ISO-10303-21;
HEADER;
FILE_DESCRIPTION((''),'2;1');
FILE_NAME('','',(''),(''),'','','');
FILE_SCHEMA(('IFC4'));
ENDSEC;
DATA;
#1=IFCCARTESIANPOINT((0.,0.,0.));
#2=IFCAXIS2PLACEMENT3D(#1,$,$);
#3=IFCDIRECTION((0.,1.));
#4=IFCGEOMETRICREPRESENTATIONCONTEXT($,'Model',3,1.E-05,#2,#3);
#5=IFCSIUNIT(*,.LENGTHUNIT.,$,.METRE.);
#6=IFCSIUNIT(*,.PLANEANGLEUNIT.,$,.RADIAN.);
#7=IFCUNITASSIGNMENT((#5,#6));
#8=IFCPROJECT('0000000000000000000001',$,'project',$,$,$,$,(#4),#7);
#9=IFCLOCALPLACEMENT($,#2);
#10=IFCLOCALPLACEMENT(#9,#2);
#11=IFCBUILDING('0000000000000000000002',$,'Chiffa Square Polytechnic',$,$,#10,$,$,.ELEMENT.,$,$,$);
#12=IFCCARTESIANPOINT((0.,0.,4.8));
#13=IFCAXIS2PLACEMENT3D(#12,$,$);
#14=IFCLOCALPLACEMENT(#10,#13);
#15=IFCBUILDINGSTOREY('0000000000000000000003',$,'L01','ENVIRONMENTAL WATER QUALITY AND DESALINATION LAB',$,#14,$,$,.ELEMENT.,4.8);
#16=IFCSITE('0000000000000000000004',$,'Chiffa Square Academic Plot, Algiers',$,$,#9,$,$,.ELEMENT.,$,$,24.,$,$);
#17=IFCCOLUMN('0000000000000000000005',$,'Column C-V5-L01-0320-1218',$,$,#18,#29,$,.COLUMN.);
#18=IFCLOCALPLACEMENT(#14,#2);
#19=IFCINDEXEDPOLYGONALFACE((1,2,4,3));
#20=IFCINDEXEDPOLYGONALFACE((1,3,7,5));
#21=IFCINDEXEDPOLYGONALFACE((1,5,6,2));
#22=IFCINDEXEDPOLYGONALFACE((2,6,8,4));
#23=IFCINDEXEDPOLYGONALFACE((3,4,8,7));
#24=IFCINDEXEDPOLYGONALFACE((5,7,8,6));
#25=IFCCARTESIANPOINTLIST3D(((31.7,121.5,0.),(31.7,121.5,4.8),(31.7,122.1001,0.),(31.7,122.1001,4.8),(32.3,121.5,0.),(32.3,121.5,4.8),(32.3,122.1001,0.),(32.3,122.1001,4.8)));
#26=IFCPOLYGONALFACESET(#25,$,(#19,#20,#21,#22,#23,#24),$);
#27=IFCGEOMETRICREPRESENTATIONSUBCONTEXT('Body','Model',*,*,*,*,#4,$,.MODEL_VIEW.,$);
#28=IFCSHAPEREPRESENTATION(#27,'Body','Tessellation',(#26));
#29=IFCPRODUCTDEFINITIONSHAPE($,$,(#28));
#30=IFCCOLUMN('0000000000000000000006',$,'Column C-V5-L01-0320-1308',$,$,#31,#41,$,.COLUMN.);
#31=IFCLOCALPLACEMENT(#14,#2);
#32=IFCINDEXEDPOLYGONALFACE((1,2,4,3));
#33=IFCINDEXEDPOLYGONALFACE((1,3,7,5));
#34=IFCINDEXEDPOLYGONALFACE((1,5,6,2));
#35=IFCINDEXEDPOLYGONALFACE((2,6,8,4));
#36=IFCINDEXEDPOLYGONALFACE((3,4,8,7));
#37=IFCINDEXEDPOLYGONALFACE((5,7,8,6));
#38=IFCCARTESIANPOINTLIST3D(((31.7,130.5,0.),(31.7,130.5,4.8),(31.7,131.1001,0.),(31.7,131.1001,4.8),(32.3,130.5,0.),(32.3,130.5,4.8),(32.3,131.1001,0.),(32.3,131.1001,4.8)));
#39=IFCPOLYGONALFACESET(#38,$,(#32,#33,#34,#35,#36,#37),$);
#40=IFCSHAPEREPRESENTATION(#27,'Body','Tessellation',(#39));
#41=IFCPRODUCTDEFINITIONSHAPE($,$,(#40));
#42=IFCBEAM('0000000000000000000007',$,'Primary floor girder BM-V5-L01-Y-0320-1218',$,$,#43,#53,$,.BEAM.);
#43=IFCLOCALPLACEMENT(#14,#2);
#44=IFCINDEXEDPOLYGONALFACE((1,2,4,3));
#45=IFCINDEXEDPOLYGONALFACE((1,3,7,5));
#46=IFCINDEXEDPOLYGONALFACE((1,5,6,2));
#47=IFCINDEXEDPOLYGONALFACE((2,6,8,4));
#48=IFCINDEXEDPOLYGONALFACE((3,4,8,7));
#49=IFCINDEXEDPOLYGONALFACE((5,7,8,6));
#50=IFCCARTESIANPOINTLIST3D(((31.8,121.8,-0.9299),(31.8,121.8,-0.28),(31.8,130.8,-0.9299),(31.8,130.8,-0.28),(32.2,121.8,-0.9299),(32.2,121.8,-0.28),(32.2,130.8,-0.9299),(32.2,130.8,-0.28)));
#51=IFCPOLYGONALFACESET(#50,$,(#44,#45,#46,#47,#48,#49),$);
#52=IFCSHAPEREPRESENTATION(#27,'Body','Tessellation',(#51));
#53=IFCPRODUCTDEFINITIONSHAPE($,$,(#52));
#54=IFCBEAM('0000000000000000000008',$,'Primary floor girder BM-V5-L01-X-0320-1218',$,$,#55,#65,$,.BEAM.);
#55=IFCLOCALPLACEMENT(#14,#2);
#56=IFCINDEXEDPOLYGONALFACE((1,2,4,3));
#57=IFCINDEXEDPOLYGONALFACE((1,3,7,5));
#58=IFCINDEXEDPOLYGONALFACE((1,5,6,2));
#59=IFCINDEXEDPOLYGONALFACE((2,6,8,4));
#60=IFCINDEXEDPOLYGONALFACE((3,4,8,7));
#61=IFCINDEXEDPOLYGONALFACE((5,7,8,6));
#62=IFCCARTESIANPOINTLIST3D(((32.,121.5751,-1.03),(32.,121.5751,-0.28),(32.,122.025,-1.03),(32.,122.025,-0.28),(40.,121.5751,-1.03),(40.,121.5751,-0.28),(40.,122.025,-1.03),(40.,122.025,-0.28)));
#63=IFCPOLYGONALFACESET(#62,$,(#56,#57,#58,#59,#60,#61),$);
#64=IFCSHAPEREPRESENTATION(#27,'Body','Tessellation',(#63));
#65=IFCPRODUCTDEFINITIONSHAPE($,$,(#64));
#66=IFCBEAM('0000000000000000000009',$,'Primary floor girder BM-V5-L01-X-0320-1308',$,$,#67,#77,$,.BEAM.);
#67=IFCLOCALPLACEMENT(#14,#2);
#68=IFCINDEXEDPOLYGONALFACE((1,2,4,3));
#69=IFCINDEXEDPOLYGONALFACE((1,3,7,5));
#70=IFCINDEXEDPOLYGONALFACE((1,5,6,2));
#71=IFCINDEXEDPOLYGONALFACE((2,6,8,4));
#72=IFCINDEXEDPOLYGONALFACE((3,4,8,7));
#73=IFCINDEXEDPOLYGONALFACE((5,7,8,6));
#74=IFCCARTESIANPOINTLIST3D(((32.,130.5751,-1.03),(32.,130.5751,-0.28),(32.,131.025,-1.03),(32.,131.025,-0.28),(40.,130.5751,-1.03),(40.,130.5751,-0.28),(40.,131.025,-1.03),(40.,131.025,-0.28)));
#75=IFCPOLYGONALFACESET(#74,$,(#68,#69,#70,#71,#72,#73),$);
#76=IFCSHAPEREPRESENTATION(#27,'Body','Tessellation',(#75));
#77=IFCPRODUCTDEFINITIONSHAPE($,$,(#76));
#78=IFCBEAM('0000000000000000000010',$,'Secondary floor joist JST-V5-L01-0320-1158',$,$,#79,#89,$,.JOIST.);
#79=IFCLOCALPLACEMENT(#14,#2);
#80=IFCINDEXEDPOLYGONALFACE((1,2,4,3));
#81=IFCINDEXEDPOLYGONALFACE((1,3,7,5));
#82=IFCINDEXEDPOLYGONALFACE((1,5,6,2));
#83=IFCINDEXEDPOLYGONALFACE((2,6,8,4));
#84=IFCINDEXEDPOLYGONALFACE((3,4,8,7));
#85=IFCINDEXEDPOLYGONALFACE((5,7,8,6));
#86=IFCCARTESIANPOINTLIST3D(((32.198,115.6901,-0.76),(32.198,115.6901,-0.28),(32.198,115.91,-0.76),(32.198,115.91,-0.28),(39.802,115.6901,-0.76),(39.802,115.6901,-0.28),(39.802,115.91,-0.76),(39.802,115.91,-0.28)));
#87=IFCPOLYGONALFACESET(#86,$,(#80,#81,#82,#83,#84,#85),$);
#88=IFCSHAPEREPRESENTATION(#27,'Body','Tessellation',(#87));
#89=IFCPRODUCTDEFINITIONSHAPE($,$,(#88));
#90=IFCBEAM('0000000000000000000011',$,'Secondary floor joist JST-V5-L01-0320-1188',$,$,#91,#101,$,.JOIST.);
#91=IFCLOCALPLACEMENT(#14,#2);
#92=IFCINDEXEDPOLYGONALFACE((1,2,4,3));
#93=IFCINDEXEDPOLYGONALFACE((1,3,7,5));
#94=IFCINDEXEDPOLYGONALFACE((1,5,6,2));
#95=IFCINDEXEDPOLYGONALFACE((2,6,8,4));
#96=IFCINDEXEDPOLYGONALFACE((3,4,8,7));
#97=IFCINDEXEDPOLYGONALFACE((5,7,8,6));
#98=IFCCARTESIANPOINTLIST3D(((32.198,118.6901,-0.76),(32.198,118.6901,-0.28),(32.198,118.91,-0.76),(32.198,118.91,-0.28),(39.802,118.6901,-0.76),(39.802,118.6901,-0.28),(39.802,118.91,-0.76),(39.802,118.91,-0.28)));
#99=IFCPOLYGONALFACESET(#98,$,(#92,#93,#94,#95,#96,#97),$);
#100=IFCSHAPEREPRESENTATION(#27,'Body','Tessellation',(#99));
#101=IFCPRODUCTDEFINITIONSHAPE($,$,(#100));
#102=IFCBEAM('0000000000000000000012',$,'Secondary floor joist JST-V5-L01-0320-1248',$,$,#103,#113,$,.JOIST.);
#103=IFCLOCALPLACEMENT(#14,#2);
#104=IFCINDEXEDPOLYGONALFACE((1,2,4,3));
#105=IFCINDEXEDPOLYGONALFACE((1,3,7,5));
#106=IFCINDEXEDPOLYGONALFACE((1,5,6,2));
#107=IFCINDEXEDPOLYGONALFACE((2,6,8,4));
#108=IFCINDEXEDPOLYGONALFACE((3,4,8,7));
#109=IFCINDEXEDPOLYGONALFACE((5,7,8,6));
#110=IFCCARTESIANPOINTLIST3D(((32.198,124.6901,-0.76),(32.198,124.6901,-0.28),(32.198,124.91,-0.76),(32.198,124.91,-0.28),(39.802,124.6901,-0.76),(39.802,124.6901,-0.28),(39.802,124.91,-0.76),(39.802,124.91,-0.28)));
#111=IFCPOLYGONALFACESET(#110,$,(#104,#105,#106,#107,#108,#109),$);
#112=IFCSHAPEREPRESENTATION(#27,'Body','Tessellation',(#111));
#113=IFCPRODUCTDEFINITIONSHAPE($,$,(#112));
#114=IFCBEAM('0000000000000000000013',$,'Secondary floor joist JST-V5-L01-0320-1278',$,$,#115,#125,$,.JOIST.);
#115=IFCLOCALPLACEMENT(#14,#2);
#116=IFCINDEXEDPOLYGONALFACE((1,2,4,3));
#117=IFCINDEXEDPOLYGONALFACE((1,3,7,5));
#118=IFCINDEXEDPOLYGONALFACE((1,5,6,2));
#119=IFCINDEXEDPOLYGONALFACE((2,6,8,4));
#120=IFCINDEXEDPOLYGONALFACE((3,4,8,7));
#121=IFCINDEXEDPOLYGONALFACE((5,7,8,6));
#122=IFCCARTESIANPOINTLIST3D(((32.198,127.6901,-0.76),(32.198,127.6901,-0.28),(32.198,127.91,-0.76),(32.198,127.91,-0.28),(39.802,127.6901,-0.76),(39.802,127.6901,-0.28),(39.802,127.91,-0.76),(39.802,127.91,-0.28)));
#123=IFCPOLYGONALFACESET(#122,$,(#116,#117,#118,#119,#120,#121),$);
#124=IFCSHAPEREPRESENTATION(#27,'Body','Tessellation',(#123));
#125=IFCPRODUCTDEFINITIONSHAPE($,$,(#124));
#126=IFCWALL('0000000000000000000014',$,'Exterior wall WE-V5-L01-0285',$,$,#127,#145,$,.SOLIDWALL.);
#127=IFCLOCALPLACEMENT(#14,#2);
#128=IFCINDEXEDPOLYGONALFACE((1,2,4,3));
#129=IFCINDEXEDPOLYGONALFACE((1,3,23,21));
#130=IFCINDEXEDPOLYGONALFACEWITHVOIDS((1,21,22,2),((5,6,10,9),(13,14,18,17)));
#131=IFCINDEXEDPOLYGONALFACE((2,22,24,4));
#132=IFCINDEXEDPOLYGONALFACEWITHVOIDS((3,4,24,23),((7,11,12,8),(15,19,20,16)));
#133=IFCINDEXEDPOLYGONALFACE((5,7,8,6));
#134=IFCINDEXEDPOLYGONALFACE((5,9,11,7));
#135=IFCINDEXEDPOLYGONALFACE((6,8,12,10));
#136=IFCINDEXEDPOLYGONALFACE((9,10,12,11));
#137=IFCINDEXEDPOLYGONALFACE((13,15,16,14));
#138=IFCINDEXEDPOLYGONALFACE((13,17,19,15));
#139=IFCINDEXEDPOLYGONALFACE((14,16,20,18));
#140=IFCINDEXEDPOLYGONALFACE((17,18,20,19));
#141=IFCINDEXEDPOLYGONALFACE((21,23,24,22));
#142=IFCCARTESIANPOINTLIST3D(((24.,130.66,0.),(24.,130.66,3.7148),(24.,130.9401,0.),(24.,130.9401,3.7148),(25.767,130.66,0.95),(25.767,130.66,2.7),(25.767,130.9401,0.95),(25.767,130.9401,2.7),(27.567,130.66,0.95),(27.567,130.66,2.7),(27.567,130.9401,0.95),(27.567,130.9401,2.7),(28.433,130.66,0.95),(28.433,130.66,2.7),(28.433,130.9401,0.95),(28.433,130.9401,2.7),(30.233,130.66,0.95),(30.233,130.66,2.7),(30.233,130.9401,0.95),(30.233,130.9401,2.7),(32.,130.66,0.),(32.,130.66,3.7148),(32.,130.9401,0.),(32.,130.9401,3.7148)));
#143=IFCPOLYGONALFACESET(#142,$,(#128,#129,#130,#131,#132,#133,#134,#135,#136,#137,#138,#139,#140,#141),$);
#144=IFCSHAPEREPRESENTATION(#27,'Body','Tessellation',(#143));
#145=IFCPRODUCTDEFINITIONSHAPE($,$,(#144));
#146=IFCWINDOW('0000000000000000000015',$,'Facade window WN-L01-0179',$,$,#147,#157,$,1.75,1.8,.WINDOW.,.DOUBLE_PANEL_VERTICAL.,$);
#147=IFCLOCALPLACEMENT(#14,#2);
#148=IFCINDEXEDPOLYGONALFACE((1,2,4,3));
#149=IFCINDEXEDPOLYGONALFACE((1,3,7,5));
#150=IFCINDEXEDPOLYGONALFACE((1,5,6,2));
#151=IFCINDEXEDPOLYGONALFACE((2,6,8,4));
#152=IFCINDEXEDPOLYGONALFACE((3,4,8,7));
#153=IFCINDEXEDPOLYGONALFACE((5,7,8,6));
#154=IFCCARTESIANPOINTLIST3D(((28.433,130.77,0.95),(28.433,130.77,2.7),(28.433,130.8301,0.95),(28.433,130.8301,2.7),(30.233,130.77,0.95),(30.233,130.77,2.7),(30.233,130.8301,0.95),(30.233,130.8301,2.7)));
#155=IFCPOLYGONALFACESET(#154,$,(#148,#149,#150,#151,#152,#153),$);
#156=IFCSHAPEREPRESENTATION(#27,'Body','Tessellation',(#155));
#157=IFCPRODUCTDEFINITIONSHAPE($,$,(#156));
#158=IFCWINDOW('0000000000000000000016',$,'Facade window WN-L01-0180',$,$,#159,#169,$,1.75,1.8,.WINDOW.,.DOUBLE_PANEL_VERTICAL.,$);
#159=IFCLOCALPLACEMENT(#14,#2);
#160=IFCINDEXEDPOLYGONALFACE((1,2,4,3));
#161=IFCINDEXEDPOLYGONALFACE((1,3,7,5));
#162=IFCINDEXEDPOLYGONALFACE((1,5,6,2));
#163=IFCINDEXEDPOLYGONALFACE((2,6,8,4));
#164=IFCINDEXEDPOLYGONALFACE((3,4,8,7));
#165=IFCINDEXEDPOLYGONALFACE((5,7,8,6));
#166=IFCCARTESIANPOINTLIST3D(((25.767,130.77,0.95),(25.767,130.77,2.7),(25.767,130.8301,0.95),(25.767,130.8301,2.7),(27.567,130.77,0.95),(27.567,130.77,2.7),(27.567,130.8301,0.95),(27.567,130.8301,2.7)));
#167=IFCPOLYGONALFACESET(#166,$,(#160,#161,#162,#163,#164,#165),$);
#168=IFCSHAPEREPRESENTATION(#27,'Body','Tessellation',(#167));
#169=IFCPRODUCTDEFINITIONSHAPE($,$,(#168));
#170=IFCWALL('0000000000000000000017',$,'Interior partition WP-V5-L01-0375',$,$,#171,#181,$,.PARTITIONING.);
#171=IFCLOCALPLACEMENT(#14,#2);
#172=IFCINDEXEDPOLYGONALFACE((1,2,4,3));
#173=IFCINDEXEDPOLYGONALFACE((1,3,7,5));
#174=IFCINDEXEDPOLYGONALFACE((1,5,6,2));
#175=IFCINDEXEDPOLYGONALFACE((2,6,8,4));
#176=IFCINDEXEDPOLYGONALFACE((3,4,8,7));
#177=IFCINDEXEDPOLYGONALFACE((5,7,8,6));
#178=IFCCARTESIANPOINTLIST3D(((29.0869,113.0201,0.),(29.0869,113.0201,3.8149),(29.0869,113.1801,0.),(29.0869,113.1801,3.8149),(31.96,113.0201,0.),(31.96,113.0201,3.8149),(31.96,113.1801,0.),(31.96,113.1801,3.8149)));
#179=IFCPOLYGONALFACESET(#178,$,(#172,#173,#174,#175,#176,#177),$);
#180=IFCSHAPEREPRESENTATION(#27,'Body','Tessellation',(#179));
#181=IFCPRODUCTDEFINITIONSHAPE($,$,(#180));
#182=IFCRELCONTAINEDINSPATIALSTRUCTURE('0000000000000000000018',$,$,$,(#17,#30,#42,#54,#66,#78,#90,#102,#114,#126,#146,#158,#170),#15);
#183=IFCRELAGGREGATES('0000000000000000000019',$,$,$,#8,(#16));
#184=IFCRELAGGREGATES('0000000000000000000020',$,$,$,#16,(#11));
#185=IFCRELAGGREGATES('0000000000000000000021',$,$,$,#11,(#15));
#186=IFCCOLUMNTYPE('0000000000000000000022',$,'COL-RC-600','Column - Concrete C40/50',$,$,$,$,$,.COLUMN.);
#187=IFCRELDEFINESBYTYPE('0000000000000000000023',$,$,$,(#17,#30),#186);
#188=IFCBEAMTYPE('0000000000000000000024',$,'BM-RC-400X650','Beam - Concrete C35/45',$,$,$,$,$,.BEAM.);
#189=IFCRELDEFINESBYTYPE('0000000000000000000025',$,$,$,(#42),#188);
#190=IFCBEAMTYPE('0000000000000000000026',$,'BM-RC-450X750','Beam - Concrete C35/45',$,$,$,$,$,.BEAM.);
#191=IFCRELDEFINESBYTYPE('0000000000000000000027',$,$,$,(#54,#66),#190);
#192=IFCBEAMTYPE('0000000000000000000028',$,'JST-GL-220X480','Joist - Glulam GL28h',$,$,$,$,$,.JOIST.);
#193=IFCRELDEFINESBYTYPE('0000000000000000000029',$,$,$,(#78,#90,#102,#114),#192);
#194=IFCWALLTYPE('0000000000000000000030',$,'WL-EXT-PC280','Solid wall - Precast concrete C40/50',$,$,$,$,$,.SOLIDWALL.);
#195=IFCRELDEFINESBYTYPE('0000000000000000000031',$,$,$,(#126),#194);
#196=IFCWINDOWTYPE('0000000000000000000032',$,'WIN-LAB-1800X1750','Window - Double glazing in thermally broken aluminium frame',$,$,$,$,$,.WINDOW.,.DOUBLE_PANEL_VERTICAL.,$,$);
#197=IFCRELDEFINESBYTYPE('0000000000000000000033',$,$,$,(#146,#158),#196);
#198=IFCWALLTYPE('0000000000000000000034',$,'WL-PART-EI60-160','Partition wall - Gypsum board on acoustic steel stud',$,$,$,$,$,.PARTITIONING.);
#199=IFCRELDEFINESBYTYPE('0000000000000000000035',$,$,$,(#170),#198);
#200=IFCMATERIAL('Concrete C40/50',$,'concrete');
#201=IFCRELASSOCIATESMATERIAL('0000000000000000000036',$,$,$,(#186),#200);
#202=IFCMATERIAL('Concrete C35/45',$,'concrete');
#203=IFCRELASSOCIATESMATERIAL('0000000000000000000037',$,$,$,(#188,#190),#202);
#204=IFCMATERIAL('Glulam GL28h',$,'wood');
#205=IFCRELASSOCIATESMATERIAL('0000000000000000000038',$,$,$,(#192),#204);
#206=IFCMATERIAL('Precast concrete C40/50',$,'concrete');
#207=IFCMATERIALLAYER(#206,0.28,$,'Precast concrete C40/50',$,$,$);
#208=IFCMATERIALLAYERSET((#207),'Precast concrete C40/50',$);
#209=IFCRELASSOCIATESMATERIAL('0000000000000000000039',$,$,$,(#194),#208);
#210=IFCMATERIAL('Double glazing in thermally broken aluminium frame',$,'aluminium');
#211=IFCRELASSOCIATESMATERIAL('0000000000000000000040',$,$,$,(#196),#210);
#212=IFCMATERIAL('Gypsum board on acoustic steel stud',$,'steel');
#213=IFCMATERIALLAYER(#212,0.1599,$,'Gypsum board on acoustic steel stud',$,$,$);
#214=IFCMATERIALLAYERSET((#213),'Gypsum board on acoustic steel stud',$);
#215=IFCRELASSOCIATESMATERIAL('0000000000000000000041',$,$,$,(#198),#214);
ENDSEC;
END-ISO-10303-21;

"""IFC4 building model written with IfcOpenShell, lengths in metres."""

from ifc_helpers import new_model, si_unit, direction, frame, frame_2d, origin, origin_2d, place, context, subcontext, project, spatial, rectangle, extrude, material, layer, layer_set, material_profile, profile_set, type_object, element, fill, save


model = new_model("IFC4")

# Units and contexts
model_context = context("Model", 3, precision=1e-05, world=origin(), true_north=direction((0.0, 1.0)))
body_context = subcontext(model_context, "Body", "Model", "MODEL_VIEW")
ifc_project = project(units=[si_unit("LENGTHUNIT", "METRE"), si_unit("PLANEANGLEUNIT", "RADIAN")], contexts=[model_context])

# Site, building, storey
site_placement = place(None, origin())
site = spatial("IfcSite", under=ifc_project, at=site_placement, Name="Chiffa Square Academic Plot, Algiers", CompositionType="ELEMENT", RefElevation=24.0)
building_placement = place(site_placement, origin())
building = spatial("IfcBuilding", under=site, at=building_placement, Name="Chiffa Square Polytechnic", CompositionType="ELEMENT")
storey_placement = place(building_placement, frame((0.0, 0.0, 4.8)))
storey = spatial("IfcBuildingStorey", under=building, at=storey_placement, Name="L01", Description="ENVIRONMENTAL WATER QUALITY AND DESALINATION LAB", CompositionType="ELEMENT", Elevation=4.8)

# Columns
ifc_material_1 = material(Name="Concrete C40/50", Category="concrete")
ifc_material_profile_1 = material_profile(ifc_material_1, rectangle(XDim=0.6001, YDim=0.6001, at=origin_2d()), Name="RC 600x600")
ifc_profile_set_1 = profile_set([ifc_material_profile_1], Name="Concrete C40/50")
column_type = type_object("IfcColumnType", Name="COL-RC-600", Description="Column - Concrete C40/50", PredefinedType="COLUMN", material=ifc_profile_set_1)
for number, where, z_axis, x_axis, name in (
    (1, (32.0, 121.8, 0.0), (0.0, 0.0, 1.0), (1.0, 0.0, 0.0), "Column C-V5-L01-0320-1218"),
    (2, (32.0, 130.8, 0.0), (0.0, 0.0, 1.0), (1.0, 0.0, 0.0), "Column C-V5-L01-0320-1308"),
):
    element("IfcColumn", number, at=place(storey_placement, frame(where, z_axis=z_axis, x_axis=x_axis)), inside=storey, type_object=column_type, Name=name, PredefinedType="COLUMN", context=body_context, shape_type="SweptSolid", body=[
        extrude(rectangle(XDim=0.6001, YDim=0.6001, at=origin_2d()), origin(), (0.0, 0.0, 1.0), 4.8),
    ])

# Beams
ifc_material_2 = material(Name="Concrete C35/45", Category="concrete")
ifc_material_profile_2 = material_profile(ifc_material_2, rectangle(XDim=0.3999, YDim=0.6499, at=origin_2d()), Name="RC 400x650")
ifc_profile_set_2 = profile_set([ifc_material_profile_2], Name="Concrete C35/45")
beam_type_1 = type_object("IfcBeamType", Name="BM-RC-400X650", Description="Beam - Concrete C35/45", PredefinedType="BEAM", material=ifc_profile_set_2)
beam_placement = place(storey_placement, frame((32.0, 121.8, -0.605), z_axis=(0.0, 1.0, 0.0), x_axis=(-1.0, 0.0, 0.0)))
element("IfcBeam", 3, at=beam_placement, inside=storey, type_object=beam_type_1, Name="Primary floor girder BM-V5-L01-Y-0320-1218", PredefinedType="BEAM", context=body_context, shape_type="SweptSolid", body=[
    extrude(rectangle(XDim=0.3999, YDim=0.6499, at=origin_2d()), origin(), (0.0, 0.0, 1.0), 9.0),
])
ifc_material_profile_3 = material_profile(ifc_material_2, rectangle(XDim=0.45, YDim=0.75, at=origin_2d()), Name="RC 450x750")
ifc_profile_set_3 = profile_set([ifc_material_profile_3], Name="Concrete C35/45")
beam_type_2 = type_object("IfcBeamType", Name="BM-RC-450X750", Description="Beam - Concrete C35/45", PredefinedType="BEAM", material=ifc_profile_set_3)
for number, where, z_axis, x_axis, name in (
    (4, (32.0, 121.8, -0.655), (1.0, 0.0, 0.0), (0.0, 1.0, 0.0), "Primary floor girder BM-V5-L01-X-0320-1218"),
    (5, (32.0, 130.8, -0.655), (1.0, 0.0, 0.0), (0.0, 1.0, 0.0), "Primary floor girder BM-V5-L01-X-0320-1308"),
):
    element("IfcBeam", number, at=place(storey_placement, frame(where, z_axis=z_axis, x_axis=x_axis)), inside=storey, type_object=beam_type_2, Name=name, PredefinedType="BEAM", context=body_context, shape_type="SweptSolid", body=[
        extrude(rectangle(XDim=0.45, YDim=0.75, at=origin_2d()), origin(), (0.0, 0.0, 1.0), 8.0),
    ])
ifc_material_3 = material(Name="Glulam GL28h", Category="wood")
ifc_material_profile_4 = material_profile(ifc_material_3, rectangle(XDim=0.22, YDim=0.48, at=origin_2d()), Name="GL28h 220x480")
ifc_profile_set_4 = profile_set([ifc_material_profile_4], Name="Glulam GL28h")
beam_type_3 = type_object("IfcBeamType", Name="JST-GL-220X480", Description="Joist - Glulam GL28h", PredefinedType="JOIST", material=ifc_profile_set_4)
for number, where, z_axis, x_axis, name in (
    (6, (32.198, 115.8, -0.52), (1.0, 0.0, 0.0), (0.0, 1.0, 0.0), "Secondary floor joist JST-V5-L01-0320-1158"),
    (7, (32.198, 118.8, -0.52), (1.0, 0.0, 0.0), (0.0, 1.0, 0.0), "Secondary floor joist JST-V5-L01-0320-1188"),
    (8, (32.198, 124.8, -0.52), (1.0, 0.0, 0.0), (0.0, 1.0, 0.0), "Secondary floor joist JST-V5-L01-0320-1248"),
    (9, (32.198, 127.8, -0.52), (1.0, 0.0, 0.0), (0.0, 1.0, 0.0), "Secondary floor joist JST-V5-L01-0320-1278"),
):
    element("IfcBeam", number, at=place(storey_placement, frame(where, z_axis=z_axis, x_axis=x_axis)), inside=storey, type_object=beam_type_3, Name=name, PredefinedType="JOIST", context=body_context, shape_type="SweptSolid", body=[
        extrude(rectangle(XDim=0.22, YDim=0.48, at=origin_2d()), origin(), (0.0, 0.0, 1.0), 7.604),
    ])

# Wall, openings, windows
ifc_material_4 = material(Name="Precast concrete C40/50", Category="concrete")
ifc_layer_1 = layer(ifc_material_4, 0.28, Name="Precast concrete C40/50")
ifc_layer_set_1 = layer_set([ifc_layer_1], Name="Precast concrete C40/50")
wall_type_1 = type_object("IfcWallType", Name="WL-EXT-PC280", Description="Solid wall - Precast concrete C40/50", PredefinedType="SOLIDWALL", material=ifc_layer_set_1)
wall_1_placement = place(storey_placement, frame((32.0, 130.8, 0.0), z_axis=(0.0, 0.0, 1.0), x_axis=(-1.0, 0.0, 0.0)))
wall_1 = element("IfcWall", 10, at=wall_1_placement, inside=storey, type_object=wall_type_1, Name="Exterior wall WE-V5-L01-0285", PredefinedType="SOLIDWALL", context=body_context, shape_type="SweptSolid", body=[
    extrude(rectangle(XDim=8.0, YDim=0.28, at=frame_2d((4.0, 0.0))), origin(), (0.0, 0.0, 1.0), 3.7148),
])
opening_1_placement = place(wall_1_placement, frame((1.7671, 0.0, 0.95)))
opening_1 = element("IfcOpeningElement", 11, at=opening_1_placement, cuts=wall_1, PredefinedType="OPENING", context=body_context, shape_type="SweptSolid", body=[
    extrude(rectangle(XDim=1.8, YDim=1.75, at=frame_2d((0.8999, 0.875))), frame((0.0, 0.1499, 0.0), z_axis=(0.0, -1.0, 0.0), x_axis=(1.0, 0.0, 0.0)), (0.0, 0.0, 1.0), 0.3),
])
opening_2_placement = place(wall_1_placement, frame((4.4331, 0.0, 0.95)))
opening_2 = element("IfcOpeningElement", 12, at=opening_2_placement, cuts=wall_1, PredefinedType="OPENING", context=body_context, shape_type="SweptSolid", body=[
    extrude(rectangle(XDim=1.8, YDim=1.75, at=frame_2d((0.8999, 0.875))), frame((0.0, 0.1499, 0.0), z_axis=(0.0, -1.0, 0.0), x_axis=(1.0, 0.0, 0.0)), (0.0, 0.0, 1.0), 0.3),
])
ifc_material_5 = material(Name="Double glazing in thermally broken aluminium frame", Category="aluminium")
window_type = type_object("IfcWindowType", Name="WIN-LAB-1800X1750", Description="Window - Double glazing in thermally broken aluminium frame", PartitioningType="DOUBLE_PANEL_VERTICAL", PredefinedType="WINDOW", material=ifc_material_5)
window_1_placement = place(opening_1_placement, origin())
window_1 = element("IfcWindow", 13, at=window_1_placement, inside=storey, type_object=window_type, Name="Facade window WN-L01-0179", OverallHeight=1.75, OverallWidth=1.8, PartitioningType="DOUBLE_PANEL_VERTICAL", PredefinedType="WINDOW", context=body_context, shape_type="SweptSolid", body=[
    extrude(rectangle(XDim=1.8, YDim=1.75, at=frame_2d((0.8999, 0.875))), frame((0.0, 0.03, 0.0), z_axis=(0.0, -1.0, 0.0), x_axis=(1.0, 0.0, 0.0)), (0.0, 0.0, 1.0), 0.0601),
])
fill(opening_1, window_1)
window_2_placement = place(opening_2_placement, origin())
window_2 = element("IfcWindow", 14, at=window_2_placement, inside=storey, type_object=window_type, Name="Facade window WN-L01-0180", OverallHeight=1.75, OverallWidth=1.8, PartitioningType="DOUBLE_PANEL_VERTICAL", PredefinedType="WINDOW", context=body_context, shape_type="SweptSolid", body=[
    extrude(rectangle(XDim=1.8, YDim=1.75, at=frame_2d((0.8999, 0.875))), frame((0.0, 0.03, 0.0), z_axis=(0.0, -1.0, 0.0), x_axis=(1.0, 0.0, 0.0)), (0.0, 0.0, 1.0), 0.0601),
])
fill(opening_2, window_2)

# Wall
ifc_material_6 = material(Name="Gypsum board on acoustic steel stud", Category="steel")
ifc_layer_2 = layer(ifc_material_6, 0.1599, Name="Gypsum board on acoustic steel stud")
ifc_layer_set_2 = layer_set([ifc_layer_2], Name="Gypsum board on acoustic steel stud")
wall_type_2 = type_object("IfcWallType", Name="WL-PART-EI60-160", Description="Partition wall - Gypsum board on acoustic steel stud", PredefinedType="PARTITIONING", material=ifc_layer_set_2)
wall_2_placement = place(storey_placement, frame((29.0869, 113.1001, 0.0), z_axis=(0.0, 0.0, 1.0), x_axis=(1.0, 0.0, 0.0)))
element("IfcWall", 15, at=wall_2_placement, inside=storey, type_object=wall_type_2, Name="Interior partition WP-V5-L01-0375", PredefinedType="PARTITIONING", context=body_context, shape_type="SweptSolid", body=[
    extrude(rectangle(XDim=2.873, YDim=0.1599, at=frame_2d((1.4365, 0.0))), origin(), (0.0, 0.0, 1.0), 3.8149),
])

save(model, "model.ifc")
